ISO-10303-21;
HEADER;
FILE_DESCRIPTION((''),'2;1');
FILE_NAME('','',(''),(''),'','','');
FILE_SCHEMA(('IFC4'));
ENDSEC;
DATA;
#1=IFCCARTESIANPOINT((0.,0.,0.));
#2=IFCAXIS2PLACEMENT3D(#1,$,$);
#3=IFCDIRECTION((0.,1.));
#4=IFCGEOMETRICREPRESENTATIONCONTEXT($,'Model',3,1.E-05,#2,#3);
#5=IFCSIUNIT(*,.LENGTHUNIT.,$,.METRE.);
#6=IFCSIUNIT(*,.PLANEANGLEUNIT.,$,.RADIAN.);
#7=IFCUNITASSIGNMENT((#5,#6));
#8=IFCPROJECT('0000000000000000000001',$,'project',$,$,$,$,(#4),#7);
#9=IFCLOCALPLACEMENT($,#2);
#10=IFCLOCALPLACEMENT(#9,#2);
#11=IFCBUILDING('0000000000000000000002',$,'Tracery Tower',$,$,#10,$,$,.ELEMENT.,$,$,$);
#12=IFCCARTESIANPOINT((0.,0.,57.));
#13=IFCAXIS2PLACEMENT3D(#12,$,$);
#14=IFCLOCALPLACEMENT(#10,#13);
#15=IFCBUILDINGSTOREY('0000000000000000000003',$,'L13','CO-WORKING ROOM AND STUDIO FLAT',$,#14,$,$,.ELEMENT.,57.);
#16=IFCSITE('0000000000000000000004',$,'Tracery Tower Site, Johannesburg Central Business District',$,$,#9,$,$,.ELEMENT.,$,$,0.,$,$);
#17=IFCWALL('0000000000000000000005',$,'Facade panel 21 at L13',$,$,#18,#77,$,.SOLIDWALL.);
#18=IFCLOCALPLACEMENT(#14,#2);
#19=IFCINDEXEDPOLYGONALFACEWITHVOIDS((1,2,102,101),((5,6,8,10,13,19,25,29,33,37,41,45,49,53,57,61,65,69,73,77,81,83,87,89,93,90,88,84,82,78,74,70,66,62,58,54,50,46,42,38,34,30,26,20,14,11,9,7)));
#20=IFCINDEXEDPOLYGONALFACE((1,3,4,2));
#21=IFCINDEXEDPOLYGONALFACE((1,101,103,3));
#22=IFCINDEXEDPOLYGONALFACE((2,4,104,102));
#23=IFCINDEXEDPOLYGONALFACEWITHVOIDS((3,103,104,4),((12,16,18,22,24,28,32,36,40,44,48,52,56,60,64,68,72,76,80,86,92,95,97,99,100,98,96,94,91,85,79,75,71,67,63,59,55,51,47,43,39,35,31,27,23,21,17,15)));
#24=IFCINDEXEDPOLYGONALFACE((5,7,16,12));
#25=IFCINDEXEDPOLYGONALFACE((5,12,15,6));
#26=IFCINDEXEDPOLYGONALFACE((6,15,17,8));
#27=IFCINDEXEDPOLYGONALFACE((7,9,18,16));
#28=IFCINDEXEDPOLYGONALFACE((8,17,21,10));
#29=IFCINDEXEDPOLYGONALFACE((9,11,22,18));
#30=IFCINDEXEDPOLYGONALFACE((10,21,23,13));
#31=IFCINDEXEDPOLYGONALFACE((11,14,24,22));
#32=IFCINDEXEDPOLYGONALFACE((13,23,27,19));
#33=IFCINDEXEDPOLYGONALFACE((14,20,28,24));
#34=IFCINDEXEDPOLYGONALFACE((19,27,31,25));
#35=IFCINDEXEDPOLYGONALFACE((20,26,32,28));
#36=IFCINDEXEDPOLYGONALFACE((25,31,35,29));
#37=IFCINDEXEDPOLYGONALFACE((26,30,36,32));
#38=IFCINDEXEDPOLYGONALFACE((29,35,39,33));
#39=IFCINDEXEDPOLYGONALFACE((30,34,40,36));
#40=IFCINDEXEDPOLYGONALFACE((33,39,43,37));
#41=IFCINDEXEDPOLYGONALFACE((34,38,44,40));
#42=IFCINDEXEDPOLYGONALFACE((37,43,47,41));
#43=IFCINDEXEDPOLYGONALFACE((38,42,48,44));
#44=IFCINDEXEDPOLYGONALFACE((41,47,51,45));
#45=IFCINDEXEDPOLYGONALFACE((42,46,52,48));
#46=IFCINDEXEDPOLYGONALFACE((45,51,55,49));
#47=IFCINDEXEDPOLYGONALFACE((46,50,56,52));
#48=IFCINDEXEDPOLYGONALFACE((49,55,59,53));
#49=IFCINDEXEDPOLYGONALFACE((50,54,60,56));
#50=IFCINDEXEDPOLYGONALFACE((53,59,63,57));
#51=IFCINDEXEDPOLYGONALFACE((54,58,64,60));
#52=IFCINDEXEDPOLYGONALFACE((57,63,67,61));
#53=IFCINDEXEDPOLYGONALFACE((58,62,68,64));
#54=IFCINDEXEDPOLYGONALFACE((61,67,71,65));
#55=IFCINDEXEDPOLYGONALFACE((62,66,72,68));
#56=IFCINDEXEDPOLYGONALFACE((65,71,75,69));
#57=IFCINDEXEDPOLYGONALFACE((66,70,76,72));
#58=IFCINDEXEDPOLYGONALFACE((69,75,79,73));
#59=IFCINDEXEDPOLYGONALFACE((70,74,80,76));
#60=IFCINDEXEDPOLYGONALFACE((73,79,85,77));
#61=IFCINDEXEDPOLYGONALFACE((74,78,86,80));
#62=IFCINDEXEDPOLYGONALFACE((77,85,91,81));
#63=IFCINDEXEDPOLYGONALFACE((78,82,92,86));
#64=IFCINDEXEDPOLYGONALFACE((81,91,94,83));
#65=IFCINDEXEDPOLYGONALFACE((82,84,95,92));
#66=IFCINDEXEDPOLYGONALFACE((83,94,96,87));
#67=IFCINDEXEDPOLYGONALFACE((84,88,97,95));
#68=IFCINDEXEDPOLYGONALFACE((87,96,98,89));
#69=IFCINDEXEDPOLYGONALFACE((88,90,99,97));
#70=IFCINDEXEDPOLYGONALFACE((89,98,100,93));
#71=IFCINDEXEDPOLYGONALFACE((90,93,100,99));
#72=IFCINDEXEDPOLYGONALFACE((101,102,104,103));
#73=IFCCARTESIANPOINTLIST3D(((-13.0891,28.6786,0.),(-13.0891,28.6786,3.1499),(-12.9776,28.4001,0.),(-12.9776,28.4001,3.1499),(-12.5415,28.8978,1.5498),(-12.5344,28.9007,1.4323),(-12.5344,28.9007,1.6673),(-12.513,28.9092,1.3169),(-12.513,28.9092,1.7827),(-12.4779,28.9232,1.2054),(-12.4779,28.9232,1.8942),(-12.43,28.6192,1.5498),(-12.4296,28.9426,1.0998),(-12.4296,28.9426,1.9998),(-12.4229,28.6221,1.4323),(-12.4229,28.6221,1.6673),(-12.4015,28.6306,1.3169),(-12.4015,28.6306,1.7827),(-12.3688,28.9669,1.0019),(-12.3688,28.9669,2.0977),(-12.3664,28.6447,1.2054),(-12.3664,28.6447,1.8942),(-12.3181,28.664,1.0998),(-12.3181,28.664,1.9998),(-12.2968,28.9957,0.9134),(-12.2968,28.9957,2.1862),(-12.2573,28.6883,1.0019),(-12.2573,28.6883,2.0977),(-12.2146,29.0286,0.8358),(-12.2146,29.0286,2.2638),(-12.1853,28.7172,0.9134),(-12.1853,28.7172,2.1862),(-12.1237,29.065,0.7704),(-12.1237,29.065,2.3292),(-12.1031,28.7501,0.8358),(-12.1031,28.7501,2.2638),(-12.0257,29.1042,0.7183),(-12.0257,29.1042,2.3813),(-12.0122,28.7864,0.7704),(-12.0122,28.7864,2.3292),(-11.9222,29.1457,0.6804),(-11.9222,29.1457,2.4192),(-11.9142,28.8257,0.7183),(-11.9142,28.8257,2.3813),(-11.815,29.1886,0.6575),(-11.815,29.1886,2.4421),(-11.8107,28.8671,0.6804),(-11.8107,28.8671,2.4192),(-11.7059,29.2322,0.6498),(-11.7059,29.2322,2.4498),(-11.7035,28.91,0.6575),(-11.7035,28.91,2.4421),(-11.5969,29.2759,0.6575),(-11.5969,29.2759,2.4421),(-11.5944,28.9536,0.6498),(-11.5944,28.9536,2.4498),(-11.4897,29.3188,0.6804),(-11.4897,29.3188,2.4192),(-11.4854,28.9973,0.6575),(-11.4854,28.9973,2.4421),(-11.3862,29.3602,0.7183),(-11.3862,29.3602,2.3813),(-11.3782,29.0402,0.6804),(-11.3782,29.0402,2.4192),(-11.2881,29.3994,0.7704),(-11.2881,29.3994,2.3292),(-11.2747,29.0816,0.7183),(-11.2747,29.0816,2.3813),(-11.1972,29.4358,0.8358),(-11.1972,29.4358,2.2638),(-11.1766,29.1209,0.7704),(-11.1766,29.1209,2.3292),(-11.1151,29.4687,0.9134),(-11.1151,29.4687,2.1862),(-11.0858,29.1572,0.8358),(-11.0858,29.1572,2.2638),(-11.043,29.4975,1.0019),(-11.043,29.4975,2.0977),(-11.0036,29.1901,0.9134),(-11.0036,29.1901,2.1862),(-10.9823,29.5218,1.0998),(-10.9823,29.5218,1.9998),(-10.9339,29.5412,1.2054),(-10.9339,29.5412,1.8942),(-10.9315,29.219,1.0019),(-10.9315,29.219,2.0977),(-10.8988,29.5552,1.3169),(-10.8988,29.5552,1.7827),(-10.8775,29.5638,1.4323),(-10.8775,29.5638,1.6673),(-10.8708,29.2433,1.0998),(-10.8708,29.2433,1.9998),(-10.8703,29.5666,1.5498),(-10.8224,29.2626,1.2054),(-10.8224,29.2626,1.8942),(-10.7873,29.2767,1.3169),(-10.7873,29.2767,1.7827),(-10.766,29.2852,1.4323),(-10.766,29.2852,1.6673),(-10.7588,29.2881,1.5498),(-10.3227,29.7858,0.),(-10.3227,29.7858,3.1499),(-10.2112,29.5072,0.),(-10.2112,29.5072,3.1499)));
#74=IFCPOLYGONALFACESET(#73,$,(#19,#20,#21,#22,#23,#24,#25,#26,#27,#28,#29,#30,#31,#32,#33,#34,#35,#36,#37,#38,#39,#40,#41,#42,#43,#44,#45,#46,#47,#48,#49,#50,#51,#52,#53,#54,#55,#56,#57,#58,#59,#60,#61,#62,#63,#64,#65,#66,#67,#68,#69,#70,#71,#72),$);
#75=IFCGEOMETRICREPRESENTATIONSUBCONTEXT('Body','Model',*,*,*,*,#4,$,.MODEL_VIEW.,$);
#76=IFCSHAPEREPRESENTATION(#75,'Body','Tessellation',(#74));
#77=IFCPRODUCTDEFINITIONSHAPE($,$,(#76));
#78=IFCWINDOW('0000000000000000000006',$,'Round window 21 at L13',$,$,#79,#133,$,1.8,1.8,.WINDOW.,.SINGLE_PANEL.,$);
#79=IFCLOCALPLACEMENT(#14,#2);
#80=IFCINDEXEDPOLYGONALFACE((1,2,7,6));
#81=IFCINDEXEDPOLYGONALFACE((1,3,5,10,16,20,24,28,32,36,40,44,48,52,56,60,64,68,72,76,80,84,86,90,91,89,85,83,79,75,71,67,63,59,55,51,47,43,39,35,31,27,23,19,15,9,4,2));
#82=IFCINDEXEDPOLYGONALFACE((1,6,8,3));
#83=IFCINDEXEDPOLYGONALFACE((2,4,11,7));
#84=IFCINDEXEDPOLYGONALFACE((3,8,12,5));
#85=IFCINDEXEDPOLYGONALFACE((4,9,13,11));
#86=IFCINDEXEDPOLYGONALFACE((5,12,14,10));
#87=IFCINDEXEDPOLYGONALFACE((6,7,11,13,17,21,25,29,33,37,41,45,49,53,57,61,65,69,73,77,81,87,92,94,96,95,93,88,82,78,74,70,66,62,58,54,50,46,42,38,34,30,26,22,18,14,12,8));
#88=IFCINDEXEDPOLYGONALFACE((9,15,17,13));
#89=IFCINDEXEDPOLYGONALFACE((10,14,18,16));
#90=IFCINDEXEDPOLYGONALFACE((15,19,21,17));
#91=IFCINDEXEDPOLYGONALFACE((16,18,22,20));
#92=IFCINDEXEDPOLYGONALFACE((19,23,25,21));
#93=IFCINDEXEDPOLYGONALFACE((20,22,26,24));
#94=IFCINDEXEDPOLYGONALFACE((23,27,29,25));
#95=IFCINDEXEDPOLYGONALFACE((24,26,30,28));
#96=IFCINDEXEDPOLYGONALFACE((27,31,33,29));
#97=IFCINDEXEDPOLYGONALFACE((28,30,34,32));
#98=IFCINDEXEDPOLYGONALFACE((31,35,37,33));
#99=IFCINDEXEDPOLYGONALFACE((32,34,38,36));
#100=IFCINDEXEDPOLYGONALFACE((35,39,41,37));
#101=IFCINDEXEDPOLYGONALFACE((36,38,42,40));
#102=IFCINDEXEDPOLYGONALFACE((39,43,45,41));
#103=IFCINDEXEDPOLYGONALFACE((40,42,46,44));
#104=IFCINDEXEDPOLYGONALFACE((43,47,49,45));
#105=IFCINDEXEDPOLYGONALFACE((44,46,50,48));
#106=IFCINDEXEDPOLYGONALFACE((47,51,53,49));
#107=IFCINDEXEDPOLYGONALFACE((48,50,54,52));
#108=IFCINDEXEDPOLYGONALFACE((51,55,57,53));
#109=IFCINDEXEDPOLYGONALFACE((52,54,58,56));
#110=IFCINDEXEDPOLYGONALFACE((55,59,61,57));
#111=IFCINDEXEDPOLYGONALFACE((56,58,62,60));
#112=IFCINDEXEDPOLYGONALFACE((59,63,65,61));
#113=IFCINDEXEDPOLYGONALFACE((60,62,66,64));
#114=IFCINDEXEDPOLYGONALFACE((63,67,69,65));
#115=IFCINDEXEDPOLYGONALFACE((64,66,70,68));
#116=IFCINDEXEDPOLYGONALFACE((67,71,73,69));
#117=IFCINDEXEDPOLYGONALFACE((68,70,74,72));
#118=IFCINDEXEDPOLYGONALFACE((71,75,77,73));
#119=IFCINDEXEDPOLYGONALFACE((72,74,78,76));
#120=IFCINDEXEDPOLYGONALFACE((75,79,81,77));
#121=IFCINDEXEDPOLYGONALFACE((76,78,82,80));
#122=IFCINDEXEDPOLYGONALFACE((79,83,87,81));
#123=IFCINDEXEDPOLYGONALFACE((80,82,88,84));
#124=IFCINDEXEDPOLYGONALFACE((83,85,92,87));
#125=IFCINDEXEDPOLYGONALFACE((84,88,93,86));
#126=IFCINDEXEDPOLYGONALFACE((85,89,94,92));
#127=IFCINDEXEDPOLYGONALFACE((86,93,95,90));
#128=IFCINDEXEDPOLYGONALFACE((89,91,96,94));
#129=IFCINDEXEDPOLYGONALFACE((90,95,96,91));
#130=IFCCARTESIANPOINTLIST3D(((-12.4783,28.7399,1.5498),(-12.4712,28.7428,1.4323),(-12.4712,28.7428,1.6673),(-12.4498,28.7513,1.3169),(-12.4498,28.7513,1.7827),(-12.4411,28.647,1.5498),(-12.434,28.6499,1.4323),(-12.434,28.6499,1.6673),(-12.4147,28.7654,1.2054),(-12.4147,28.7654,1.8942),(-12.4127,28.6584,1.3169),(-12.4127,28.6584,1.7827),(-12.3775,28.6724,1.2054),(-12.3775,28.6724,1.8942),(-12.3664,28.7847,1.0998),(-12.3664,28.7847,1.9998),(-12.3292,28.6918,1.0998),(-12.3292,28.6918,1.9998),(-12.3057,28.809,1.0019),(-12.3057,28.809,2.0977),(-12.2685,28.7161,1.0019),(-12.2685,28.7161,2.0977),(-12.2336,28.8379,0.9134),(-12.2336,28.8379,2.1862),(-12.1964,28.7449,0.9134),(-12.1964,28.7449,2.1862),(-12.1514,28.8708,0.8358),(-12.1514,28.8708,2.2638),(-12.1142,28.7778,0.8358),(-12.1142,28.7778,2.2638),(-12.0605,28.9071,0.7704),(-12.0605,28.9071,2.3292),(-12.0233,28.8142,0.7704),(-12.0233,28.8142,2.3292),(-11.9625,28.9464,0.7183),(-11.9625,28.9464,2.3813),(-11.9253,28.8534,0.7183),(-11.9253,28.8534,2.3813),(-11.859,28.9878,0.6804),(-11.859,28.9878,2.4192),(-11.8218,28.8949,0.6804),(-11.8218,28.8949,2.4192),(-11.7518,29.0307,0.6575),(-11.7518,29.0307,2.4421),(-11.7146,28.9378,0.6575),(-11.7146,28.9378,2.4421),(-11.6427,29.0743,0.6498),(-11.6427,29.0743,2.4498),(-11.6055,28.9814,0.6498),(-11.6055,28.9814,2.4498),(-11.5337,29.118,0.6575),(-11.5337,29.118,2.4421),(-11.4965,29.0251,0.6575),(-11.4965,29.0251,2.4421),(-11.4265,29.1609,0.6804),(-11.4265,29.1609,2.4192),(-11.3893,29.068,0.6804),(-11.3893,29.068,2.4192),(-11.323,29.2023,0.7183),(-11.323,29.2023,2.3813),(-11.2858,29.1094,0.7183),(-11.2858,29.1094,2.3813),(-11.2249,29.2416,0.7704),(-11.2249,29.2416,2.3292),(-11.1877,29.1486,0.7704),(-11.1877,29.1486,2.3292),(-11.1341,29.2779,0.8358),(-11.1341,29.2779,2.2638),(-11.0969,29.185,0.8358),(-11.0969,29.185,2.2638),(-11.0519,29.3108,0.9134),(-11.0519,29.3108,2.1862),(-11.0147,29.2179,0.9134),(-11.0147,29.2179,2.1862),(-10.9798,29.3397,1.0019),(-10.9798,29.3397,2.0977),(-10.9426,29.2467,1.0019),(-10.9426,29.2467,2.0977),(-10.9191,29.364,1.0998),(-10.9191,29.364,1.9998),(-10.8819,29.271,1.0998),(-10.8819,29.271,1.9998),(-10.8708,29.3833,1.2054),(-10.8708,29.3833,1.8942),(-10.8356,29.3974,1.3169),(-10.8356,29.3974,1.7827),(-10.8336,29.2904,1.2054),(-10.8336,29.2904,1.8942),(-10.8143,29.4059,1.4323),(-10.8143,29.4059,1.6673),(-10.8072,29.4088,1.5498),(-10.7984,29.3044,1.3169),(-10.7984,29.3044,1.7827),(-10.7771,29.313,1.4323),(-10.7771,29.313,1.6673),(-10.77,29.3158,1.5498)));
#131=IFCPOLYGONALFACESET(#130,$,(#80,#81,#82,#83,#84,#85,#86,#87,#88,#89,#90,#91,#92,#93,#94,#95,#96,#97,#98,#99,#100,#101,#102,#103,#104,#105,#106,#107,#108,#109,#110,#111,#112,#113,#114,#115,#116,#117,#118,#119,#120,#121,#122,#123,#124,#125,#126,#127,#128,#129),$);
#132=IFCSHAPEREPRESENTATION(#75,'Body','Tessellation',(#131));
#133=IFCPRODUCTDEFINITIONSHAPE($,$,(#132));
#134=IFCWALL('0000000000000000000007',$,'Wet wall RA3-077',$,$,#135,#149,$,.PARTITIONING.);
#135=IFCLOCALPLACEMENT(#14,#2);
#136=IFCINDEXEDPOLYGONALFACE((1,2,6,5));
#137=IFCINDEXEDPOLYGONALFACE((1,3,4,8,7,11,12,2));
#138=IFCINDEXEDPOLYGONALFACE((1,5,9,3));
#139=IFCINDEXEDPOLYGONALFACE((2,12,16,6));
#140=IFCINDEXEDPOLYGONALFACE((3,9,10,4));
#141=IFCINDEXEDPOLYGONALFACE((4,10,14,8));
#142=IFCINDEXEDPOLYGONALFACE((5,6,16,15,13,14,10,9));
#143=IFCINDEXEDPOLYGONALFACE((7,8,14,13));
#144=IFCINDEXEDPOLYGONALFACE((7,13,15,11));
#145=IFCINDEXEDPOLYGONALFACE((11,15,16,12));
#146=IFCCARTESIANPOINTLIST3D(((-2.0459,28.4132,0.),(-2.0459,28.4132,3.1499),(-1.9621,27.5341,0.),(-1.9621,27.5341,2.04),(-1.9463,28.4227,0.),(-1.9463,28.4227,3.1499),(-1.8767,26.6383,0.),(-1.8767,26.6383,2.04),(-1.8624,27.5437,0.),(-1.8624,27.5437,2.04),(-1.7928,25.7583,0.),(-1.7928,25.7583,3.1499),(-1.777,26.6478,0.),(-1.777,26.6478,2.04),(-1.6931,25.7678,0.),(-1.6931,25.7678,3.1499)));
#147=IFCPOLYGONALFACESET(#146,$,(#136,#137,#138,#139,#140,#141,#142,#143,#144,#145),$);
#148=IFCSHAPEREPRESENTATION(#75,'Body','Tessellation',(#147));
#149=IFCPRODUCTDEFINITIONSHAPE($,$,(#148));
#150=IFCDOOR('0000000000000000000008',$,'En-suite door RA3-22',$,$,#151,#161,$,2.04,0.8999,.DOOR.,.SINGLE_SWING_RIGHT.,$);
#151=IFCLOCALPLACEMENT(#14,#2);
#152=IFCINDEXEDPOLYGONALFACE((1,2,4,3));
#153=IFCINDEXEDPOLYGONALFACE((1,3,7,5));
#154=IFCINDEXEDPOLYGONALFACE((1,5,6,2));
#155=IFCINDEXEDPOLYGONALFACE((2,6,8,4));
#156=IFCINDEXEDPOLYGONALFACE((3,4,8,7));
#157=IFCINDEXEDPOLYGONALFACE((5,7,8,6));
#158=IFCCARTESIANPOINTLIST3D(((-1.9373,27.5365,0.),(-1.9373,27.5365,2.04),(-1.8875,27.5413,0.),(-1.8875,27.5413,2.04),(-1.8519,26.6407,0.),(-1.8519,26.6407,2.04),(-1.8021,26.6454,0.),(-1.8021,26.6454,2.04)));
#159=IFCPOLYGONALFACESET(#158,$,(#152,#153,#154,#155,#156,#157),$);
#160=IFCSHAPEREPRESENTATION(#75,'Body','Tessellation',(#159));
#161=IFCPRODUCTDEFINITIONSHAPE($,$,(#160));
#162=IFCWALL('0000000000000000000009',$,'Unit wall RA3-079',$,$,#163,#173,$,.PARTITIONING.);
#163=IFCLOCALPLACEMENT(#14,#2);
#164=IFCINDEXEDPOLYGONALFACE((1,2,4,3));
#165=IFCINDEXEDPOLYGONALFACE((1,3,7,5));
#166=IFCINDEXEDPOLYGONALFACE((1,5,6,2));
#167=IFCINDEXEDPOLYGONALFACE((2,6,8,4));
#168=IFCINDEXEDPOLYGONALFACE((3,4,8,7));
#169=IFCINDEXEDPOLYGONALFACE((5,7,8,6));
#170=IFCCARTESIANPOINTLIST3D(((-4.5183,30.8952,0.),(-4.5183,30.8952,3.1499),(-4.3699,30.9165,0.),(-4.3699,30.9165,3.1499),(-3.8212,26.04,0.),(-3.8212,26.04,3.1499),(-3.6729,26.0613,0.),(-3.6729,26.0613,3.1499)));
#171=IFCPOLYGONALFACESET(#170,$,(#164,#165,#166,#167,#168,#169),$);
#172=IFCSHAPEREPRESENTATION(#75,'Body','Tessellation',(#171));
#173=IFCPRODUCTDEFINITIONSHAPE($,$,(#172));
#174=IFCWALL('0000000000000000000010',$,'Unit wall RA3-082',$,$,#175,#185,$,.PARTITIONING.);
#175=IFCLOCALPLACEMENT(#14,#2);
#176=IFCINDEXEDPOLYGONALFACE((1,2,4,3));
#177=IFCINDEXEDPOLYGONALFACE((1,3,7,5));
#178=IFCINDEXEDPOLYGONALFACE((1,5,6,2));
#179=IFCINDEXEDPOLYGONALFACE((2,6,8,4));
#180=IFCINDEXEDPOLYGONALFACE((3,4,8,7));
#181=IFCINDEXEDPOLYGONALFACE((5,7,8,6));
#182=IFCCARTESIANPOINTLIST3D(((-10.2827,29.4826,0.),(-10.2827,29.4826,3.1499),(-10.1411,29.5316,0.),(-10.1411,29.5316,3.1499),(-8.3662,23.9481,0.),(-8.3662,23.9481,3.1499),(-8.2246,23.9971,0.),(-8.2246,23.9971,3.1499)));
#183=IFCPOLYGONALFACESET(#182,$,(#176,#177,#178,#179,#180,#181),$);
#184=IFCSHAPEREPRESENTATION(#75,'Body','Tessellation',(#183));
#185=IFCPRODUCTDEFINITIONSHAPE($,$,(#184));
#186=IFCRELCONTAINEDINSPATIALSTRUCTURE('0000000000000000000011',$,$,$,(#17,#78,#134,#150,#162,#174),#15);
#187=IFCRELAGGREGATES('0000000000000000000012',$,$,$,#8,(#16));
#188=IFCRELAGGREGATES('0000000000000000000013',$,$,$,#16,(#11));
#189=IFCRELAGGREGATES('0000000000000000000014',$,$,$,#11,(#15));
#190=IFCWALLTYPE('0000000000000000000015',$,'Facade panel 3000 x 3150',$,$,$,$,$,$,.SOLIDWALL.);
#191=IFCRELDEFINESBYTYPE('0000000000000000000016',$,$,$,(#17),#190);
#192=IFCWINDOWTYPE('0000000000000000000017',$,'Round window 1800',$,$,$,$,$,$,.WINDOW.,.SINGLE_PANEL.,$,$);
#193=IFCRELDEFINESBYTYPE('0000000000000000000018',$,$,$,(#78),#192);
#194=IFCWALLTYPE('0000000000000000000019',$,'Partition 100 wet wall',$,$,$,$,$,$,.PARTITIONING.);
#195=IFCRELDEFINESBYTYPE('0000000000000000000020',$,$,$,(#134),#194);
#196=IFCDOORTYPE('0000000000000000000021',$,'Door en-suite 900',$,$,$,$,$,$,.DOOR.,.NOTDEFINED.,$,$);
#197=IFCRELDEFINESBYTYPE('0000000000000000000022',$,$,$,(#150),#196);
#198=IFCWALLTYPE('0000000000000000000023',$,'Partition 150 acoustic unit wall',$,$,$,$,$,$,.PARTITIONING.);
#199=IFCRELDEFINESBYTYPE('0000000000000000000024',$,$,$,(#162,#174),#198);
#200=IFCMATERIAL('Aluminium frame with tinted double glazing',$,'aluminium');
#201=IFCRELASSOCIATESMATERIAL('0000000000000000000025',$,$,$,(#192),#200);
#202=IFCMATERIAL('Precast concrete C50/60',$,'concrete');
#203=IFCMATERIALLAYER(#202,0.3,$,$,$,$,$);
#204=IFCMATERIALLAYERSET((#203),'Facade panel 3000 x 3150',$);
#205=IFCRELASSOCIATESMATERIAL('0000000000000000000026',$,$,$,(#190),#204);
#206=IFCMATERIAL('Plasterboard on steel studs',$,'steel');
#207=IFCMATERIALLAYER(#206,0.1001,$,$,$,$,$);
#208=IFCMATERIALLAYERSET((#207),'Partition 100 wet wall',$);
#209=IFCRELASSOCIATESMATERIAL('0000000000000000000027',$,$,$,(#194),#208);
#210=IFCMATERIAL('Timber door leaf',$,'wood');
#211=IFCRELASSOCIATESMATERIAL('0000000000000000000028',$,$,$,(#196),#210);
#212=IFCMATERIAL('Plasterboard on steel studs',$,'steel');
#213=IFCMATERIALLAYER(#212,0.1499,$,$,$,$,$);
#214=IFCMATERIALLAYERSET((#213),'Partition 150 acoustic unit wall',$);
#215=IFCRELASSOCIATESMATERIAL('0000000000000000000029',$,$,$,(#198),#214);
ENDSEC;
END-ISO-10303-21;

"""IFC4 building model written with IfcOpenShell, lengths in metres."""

from ifc_helpers import new_model, si_unit, direction, frame, frame_2d, origin, origin_2d, place, context, subcontext, project, spatial, rectangle, circle, extrude, material, layer, layer_set, type_object, element, fill, save


model = new_model("IFC4")

# Units and contexts
model_context = context("Model", 3, precision=1e-05, world=origin(), true_north=direction((0.0, 1.0)))
body_context = subcontext(model_context, "Body", "Model", "MODEL_VIEW")
ifc_project = project(units=[si_unit("LENGTHUNIT", "METRE"), si_unit("PLANEANGLEUNIT", "RADIAN")], contexts=[model_context])

# Site, building, storey
site_placement = place(None, origin())
site = spatial("IfcSite", under=ifc_project, at=site_placement, Name="Tracery Tower Site, Johannesburg Central Business District", CompositionType="ELEMENT", RefElevation=0.0)
building_placement = place(site_placement, origin())
building = spatial("IfcBuilding", under=site, at=building_placement, Name="Tracery Tower", CompositionType="ELEMENT")
storey_placement = place(building_placement, frame((0.0, 0.0, 57.0)))
storey = spatial("IfcBuildingStorey", under=building, at=storey_placement, Name="L13", Description="CO-WORKING ROOM AND STUDIO FLAT", CompositionType="ELEMENT", Elevation=57.0)

# Wall, opening, window
ifc_material_1 = material(Name="Aluminium frame with tinted double glazing", Category="aluminium")
window_type = type_object("IfcWindowType", Name="Round window 1800", PartitioningType="SINGLE_PANEL", PredefinedType="WINDOW", material=ifc_material_1)
ifc_material_2 = material(Name="Precast concrete C50/60", Category="concrete")
ifc_layer_1 = layer(ifc_material_2, 0.3)
ifc_layer_set_1 = layer_set([ifc_layer_1], Name="Facade panel 3000 x 3150")
wall_type_1 = type_object("IfcWallType", Name="Facade panel 3000 x 3150", PredefinedType="SOLIDWALL", material=ifc_layer_set_1)
wall_1_placement = place(storey_placement, frame((-10.2671, 29.6465, 0.0), z_axis=(0.0, 0.0, 1.0), x_axis=(-0.928403, -0.371574, 0.0)))
wall_1 = element("IfcWall", 1, at=wall_1_placement, inside=storey, type_object=wall_type_1, Name="Facade panel 21 at L13", PredefinedType="SOLIDWALL", context=body_context, shape_type="SweptSolid", body=[
    extrude(rectangle(XDim=2.9797, YDim=0.3, at=frame_2d((1.4897, 0.0))), origin(), (0.0, 0.0, 1.0), 3.1499),
])
opening_1_placement = place(wall_1_placement, frame((1.4897, 0.0, 1.5498)))
opening_1 = element("IfcOpeningElement", 2, at=opening_1_placement, cuts=wall_1, PredefinedType="OPENING", context=body_context, shape_type="SweptSolid", body=[
    extrude(circle(Radius=0.9, at=origin_2d()), frame((0.0, 0.1599, 0.0), z_axis=(0.0, -1.0, 0.0), x_axis=(1.0, 0.0, 0.0)), (0.0, 0.0, 1.0), 0.3201),
])
window_1_placement = place(opening_1_placement, origin())
window_1 = element("IfcWindow", 3, at=window_1_placement, inside=storey, type_object=window_type, Name="Round window 21 at L13", OverallHeight=1.8, OverallWidth=1.8, PartitioningType="SINGLE_PANEL", PredefinedType="WINDOW", context=body_context, shape_type="SweptSolid", body=[
    extrude(circle(Radius=0.9, at=origin_2d()), frame((0.0, 0.1201, 0.0), z_axis=(0.0, -1.0, 0.0), x_axis=(1.0, 0.0, 0.0)), (0.0, 0.0, 1.0), 0.1001),
])
fill(opening_1, window_1)

# Wall, opening, door
ifc_material_3 = material(Name="Plasterboard on steel studs", Category="steel")
ifc_layer_2 = layer(ifc_material_3, 0.1001)
ifc_layer_set_2 = layer_set([ifc_layer_2], Name="Partition 100 wet wall")
wall_type_2 = type_object("IfcWallType", Name="Partition 100 wet wall", PredefinedType="PARTITIONING", material=ifc_layer_set_2)
wall_2_placement = place(storey_placement, frame((-1.9961, 28.418, 0.0), z_axis=(0.0, 0.0, 1.0), x_axis=(0.094926, -0.995484, 0.0)))
wall_2 = element("IfcWall", 4, at=wall_2_placement, inside=storey, type_object=wall_type_2, Name="Wet wall RA3-077", PredefinedType="PARTITIONING", context=body_context, shape_type="SweptSolid", body=[
    extrude(rectangle(XDim=2.667, YDim=0.1001, at=frame_2d((1.3335, 0.0))), origin(), (0.0, 0.0, 1.0), 3.1499),
])
opening_2_placement = place(wall_2_placement, frame((0.8831, 0.0, 0.0)))
opening_2 = element("IfcOpeningElement", 5, at=opening_2_placement, cuts=wall_2, PredefinedType="OPENING", context=body_context, shape_type="SweptSolid", body=[
    extrude(rectangle(XDim=0.8999, YDim=2.04, at=frame_2d((0.45, 1.02))), frame((0.0, 0.05, 0.0), z_axis=(0.0, -1.0, 0.0), x_axis=(1.0, 0.0, 0.0)), (0.0, 0.0, 1.0), 0.1001),
])
ifc_material_4 = material(Name="Timber door leaf", Category="wood")
door_type = type_object("IfcDoorType", Name="Door en-suite 900", OperationType="NOTDEFINED", PredefinedType="DOOR", material=ifc_material_4)
door_placement = place(opening_2_placement, origin())
door = element("IfcDoor", 6, at=door_placement, inside=storey, type_object=door_type, Name="En-suite door RA3-22", OperationType="SINGLE_SWING_RIGHT", OverallHeight=2.04, OverallWidth=0.8999, PredefinedType="DOOR", context=body_context, shape_type="SweptSolid", body=[
    extrude(rectangle(XDim=0.8999, YDim=2.04, at=frame_2d((0.45, 1.02))), frame((0.0, 0.0249, 0.0), z_axis=(0.0, -1.0, 0.0), x_axis=(1.0, 0.0, 0.0)), (0.0, 0.0, 1.0), 0.05),
])
fill(opening_2, door)

# Walls
ifc_material_5 = material(Name="Plasterboard on steel studs", Category="steel")
ifc_layer_3 = layer(ifc_material_5, 0.1499)
ifc_layer_set_3 = layer_set([ifc_layer_3], Name="Partition 150 acoustic unit wall")
wall_type_3 = type_object("IfcWallType", Name="Partition 150 acoustic unit wall", PredefinedType="PARTITIONING", material=ifc_layer_set_3)
wall_3_placement = place(storey_placement, frame((-4.4441, 30.906, 0.0), z_axis=(0.0, 0.0, 1.0), x_axis=(0.142104, -0.989852, 0.0)))
element("IfcWall", 7, at=wall_3_placement, inside=storey, type_object=wall_type_3, Name="Unit wall RA3-079", PredefinedType="PARTITIONING", context=body_context, shape_type="SweptSolid", body=[
    extrude(rectangle(XDim=4.905, YDim=0.1499, at=frame_2d((2.4526, 0.0))), origin(), (0.0, 0.0, 1.0), 3.1499),
])
wall_4_placement = place(storey_placement, frame((-10.2119, 29.5071, 0.0), z_axis=(0.0, 0.0, 1.0), x_axis=(0.327224, -0.944947, 0.0)))
element("IfcWall", 8, at=wall_4_placement, inside=storey, type_object=wall_type_3, Name="Unit wall RA3-082", PredefinedType="PARTITIONING", context=body_context, shape_type="SweptSolid", body=[
    extrude(rectangle(XDim=5.8569, YDim=0.1499, at=frame_2d((2.9285, 0.0))), origin(), (0.0, 0.0, 1.0), 3.1499),
])

save(model, "model.ifc")
